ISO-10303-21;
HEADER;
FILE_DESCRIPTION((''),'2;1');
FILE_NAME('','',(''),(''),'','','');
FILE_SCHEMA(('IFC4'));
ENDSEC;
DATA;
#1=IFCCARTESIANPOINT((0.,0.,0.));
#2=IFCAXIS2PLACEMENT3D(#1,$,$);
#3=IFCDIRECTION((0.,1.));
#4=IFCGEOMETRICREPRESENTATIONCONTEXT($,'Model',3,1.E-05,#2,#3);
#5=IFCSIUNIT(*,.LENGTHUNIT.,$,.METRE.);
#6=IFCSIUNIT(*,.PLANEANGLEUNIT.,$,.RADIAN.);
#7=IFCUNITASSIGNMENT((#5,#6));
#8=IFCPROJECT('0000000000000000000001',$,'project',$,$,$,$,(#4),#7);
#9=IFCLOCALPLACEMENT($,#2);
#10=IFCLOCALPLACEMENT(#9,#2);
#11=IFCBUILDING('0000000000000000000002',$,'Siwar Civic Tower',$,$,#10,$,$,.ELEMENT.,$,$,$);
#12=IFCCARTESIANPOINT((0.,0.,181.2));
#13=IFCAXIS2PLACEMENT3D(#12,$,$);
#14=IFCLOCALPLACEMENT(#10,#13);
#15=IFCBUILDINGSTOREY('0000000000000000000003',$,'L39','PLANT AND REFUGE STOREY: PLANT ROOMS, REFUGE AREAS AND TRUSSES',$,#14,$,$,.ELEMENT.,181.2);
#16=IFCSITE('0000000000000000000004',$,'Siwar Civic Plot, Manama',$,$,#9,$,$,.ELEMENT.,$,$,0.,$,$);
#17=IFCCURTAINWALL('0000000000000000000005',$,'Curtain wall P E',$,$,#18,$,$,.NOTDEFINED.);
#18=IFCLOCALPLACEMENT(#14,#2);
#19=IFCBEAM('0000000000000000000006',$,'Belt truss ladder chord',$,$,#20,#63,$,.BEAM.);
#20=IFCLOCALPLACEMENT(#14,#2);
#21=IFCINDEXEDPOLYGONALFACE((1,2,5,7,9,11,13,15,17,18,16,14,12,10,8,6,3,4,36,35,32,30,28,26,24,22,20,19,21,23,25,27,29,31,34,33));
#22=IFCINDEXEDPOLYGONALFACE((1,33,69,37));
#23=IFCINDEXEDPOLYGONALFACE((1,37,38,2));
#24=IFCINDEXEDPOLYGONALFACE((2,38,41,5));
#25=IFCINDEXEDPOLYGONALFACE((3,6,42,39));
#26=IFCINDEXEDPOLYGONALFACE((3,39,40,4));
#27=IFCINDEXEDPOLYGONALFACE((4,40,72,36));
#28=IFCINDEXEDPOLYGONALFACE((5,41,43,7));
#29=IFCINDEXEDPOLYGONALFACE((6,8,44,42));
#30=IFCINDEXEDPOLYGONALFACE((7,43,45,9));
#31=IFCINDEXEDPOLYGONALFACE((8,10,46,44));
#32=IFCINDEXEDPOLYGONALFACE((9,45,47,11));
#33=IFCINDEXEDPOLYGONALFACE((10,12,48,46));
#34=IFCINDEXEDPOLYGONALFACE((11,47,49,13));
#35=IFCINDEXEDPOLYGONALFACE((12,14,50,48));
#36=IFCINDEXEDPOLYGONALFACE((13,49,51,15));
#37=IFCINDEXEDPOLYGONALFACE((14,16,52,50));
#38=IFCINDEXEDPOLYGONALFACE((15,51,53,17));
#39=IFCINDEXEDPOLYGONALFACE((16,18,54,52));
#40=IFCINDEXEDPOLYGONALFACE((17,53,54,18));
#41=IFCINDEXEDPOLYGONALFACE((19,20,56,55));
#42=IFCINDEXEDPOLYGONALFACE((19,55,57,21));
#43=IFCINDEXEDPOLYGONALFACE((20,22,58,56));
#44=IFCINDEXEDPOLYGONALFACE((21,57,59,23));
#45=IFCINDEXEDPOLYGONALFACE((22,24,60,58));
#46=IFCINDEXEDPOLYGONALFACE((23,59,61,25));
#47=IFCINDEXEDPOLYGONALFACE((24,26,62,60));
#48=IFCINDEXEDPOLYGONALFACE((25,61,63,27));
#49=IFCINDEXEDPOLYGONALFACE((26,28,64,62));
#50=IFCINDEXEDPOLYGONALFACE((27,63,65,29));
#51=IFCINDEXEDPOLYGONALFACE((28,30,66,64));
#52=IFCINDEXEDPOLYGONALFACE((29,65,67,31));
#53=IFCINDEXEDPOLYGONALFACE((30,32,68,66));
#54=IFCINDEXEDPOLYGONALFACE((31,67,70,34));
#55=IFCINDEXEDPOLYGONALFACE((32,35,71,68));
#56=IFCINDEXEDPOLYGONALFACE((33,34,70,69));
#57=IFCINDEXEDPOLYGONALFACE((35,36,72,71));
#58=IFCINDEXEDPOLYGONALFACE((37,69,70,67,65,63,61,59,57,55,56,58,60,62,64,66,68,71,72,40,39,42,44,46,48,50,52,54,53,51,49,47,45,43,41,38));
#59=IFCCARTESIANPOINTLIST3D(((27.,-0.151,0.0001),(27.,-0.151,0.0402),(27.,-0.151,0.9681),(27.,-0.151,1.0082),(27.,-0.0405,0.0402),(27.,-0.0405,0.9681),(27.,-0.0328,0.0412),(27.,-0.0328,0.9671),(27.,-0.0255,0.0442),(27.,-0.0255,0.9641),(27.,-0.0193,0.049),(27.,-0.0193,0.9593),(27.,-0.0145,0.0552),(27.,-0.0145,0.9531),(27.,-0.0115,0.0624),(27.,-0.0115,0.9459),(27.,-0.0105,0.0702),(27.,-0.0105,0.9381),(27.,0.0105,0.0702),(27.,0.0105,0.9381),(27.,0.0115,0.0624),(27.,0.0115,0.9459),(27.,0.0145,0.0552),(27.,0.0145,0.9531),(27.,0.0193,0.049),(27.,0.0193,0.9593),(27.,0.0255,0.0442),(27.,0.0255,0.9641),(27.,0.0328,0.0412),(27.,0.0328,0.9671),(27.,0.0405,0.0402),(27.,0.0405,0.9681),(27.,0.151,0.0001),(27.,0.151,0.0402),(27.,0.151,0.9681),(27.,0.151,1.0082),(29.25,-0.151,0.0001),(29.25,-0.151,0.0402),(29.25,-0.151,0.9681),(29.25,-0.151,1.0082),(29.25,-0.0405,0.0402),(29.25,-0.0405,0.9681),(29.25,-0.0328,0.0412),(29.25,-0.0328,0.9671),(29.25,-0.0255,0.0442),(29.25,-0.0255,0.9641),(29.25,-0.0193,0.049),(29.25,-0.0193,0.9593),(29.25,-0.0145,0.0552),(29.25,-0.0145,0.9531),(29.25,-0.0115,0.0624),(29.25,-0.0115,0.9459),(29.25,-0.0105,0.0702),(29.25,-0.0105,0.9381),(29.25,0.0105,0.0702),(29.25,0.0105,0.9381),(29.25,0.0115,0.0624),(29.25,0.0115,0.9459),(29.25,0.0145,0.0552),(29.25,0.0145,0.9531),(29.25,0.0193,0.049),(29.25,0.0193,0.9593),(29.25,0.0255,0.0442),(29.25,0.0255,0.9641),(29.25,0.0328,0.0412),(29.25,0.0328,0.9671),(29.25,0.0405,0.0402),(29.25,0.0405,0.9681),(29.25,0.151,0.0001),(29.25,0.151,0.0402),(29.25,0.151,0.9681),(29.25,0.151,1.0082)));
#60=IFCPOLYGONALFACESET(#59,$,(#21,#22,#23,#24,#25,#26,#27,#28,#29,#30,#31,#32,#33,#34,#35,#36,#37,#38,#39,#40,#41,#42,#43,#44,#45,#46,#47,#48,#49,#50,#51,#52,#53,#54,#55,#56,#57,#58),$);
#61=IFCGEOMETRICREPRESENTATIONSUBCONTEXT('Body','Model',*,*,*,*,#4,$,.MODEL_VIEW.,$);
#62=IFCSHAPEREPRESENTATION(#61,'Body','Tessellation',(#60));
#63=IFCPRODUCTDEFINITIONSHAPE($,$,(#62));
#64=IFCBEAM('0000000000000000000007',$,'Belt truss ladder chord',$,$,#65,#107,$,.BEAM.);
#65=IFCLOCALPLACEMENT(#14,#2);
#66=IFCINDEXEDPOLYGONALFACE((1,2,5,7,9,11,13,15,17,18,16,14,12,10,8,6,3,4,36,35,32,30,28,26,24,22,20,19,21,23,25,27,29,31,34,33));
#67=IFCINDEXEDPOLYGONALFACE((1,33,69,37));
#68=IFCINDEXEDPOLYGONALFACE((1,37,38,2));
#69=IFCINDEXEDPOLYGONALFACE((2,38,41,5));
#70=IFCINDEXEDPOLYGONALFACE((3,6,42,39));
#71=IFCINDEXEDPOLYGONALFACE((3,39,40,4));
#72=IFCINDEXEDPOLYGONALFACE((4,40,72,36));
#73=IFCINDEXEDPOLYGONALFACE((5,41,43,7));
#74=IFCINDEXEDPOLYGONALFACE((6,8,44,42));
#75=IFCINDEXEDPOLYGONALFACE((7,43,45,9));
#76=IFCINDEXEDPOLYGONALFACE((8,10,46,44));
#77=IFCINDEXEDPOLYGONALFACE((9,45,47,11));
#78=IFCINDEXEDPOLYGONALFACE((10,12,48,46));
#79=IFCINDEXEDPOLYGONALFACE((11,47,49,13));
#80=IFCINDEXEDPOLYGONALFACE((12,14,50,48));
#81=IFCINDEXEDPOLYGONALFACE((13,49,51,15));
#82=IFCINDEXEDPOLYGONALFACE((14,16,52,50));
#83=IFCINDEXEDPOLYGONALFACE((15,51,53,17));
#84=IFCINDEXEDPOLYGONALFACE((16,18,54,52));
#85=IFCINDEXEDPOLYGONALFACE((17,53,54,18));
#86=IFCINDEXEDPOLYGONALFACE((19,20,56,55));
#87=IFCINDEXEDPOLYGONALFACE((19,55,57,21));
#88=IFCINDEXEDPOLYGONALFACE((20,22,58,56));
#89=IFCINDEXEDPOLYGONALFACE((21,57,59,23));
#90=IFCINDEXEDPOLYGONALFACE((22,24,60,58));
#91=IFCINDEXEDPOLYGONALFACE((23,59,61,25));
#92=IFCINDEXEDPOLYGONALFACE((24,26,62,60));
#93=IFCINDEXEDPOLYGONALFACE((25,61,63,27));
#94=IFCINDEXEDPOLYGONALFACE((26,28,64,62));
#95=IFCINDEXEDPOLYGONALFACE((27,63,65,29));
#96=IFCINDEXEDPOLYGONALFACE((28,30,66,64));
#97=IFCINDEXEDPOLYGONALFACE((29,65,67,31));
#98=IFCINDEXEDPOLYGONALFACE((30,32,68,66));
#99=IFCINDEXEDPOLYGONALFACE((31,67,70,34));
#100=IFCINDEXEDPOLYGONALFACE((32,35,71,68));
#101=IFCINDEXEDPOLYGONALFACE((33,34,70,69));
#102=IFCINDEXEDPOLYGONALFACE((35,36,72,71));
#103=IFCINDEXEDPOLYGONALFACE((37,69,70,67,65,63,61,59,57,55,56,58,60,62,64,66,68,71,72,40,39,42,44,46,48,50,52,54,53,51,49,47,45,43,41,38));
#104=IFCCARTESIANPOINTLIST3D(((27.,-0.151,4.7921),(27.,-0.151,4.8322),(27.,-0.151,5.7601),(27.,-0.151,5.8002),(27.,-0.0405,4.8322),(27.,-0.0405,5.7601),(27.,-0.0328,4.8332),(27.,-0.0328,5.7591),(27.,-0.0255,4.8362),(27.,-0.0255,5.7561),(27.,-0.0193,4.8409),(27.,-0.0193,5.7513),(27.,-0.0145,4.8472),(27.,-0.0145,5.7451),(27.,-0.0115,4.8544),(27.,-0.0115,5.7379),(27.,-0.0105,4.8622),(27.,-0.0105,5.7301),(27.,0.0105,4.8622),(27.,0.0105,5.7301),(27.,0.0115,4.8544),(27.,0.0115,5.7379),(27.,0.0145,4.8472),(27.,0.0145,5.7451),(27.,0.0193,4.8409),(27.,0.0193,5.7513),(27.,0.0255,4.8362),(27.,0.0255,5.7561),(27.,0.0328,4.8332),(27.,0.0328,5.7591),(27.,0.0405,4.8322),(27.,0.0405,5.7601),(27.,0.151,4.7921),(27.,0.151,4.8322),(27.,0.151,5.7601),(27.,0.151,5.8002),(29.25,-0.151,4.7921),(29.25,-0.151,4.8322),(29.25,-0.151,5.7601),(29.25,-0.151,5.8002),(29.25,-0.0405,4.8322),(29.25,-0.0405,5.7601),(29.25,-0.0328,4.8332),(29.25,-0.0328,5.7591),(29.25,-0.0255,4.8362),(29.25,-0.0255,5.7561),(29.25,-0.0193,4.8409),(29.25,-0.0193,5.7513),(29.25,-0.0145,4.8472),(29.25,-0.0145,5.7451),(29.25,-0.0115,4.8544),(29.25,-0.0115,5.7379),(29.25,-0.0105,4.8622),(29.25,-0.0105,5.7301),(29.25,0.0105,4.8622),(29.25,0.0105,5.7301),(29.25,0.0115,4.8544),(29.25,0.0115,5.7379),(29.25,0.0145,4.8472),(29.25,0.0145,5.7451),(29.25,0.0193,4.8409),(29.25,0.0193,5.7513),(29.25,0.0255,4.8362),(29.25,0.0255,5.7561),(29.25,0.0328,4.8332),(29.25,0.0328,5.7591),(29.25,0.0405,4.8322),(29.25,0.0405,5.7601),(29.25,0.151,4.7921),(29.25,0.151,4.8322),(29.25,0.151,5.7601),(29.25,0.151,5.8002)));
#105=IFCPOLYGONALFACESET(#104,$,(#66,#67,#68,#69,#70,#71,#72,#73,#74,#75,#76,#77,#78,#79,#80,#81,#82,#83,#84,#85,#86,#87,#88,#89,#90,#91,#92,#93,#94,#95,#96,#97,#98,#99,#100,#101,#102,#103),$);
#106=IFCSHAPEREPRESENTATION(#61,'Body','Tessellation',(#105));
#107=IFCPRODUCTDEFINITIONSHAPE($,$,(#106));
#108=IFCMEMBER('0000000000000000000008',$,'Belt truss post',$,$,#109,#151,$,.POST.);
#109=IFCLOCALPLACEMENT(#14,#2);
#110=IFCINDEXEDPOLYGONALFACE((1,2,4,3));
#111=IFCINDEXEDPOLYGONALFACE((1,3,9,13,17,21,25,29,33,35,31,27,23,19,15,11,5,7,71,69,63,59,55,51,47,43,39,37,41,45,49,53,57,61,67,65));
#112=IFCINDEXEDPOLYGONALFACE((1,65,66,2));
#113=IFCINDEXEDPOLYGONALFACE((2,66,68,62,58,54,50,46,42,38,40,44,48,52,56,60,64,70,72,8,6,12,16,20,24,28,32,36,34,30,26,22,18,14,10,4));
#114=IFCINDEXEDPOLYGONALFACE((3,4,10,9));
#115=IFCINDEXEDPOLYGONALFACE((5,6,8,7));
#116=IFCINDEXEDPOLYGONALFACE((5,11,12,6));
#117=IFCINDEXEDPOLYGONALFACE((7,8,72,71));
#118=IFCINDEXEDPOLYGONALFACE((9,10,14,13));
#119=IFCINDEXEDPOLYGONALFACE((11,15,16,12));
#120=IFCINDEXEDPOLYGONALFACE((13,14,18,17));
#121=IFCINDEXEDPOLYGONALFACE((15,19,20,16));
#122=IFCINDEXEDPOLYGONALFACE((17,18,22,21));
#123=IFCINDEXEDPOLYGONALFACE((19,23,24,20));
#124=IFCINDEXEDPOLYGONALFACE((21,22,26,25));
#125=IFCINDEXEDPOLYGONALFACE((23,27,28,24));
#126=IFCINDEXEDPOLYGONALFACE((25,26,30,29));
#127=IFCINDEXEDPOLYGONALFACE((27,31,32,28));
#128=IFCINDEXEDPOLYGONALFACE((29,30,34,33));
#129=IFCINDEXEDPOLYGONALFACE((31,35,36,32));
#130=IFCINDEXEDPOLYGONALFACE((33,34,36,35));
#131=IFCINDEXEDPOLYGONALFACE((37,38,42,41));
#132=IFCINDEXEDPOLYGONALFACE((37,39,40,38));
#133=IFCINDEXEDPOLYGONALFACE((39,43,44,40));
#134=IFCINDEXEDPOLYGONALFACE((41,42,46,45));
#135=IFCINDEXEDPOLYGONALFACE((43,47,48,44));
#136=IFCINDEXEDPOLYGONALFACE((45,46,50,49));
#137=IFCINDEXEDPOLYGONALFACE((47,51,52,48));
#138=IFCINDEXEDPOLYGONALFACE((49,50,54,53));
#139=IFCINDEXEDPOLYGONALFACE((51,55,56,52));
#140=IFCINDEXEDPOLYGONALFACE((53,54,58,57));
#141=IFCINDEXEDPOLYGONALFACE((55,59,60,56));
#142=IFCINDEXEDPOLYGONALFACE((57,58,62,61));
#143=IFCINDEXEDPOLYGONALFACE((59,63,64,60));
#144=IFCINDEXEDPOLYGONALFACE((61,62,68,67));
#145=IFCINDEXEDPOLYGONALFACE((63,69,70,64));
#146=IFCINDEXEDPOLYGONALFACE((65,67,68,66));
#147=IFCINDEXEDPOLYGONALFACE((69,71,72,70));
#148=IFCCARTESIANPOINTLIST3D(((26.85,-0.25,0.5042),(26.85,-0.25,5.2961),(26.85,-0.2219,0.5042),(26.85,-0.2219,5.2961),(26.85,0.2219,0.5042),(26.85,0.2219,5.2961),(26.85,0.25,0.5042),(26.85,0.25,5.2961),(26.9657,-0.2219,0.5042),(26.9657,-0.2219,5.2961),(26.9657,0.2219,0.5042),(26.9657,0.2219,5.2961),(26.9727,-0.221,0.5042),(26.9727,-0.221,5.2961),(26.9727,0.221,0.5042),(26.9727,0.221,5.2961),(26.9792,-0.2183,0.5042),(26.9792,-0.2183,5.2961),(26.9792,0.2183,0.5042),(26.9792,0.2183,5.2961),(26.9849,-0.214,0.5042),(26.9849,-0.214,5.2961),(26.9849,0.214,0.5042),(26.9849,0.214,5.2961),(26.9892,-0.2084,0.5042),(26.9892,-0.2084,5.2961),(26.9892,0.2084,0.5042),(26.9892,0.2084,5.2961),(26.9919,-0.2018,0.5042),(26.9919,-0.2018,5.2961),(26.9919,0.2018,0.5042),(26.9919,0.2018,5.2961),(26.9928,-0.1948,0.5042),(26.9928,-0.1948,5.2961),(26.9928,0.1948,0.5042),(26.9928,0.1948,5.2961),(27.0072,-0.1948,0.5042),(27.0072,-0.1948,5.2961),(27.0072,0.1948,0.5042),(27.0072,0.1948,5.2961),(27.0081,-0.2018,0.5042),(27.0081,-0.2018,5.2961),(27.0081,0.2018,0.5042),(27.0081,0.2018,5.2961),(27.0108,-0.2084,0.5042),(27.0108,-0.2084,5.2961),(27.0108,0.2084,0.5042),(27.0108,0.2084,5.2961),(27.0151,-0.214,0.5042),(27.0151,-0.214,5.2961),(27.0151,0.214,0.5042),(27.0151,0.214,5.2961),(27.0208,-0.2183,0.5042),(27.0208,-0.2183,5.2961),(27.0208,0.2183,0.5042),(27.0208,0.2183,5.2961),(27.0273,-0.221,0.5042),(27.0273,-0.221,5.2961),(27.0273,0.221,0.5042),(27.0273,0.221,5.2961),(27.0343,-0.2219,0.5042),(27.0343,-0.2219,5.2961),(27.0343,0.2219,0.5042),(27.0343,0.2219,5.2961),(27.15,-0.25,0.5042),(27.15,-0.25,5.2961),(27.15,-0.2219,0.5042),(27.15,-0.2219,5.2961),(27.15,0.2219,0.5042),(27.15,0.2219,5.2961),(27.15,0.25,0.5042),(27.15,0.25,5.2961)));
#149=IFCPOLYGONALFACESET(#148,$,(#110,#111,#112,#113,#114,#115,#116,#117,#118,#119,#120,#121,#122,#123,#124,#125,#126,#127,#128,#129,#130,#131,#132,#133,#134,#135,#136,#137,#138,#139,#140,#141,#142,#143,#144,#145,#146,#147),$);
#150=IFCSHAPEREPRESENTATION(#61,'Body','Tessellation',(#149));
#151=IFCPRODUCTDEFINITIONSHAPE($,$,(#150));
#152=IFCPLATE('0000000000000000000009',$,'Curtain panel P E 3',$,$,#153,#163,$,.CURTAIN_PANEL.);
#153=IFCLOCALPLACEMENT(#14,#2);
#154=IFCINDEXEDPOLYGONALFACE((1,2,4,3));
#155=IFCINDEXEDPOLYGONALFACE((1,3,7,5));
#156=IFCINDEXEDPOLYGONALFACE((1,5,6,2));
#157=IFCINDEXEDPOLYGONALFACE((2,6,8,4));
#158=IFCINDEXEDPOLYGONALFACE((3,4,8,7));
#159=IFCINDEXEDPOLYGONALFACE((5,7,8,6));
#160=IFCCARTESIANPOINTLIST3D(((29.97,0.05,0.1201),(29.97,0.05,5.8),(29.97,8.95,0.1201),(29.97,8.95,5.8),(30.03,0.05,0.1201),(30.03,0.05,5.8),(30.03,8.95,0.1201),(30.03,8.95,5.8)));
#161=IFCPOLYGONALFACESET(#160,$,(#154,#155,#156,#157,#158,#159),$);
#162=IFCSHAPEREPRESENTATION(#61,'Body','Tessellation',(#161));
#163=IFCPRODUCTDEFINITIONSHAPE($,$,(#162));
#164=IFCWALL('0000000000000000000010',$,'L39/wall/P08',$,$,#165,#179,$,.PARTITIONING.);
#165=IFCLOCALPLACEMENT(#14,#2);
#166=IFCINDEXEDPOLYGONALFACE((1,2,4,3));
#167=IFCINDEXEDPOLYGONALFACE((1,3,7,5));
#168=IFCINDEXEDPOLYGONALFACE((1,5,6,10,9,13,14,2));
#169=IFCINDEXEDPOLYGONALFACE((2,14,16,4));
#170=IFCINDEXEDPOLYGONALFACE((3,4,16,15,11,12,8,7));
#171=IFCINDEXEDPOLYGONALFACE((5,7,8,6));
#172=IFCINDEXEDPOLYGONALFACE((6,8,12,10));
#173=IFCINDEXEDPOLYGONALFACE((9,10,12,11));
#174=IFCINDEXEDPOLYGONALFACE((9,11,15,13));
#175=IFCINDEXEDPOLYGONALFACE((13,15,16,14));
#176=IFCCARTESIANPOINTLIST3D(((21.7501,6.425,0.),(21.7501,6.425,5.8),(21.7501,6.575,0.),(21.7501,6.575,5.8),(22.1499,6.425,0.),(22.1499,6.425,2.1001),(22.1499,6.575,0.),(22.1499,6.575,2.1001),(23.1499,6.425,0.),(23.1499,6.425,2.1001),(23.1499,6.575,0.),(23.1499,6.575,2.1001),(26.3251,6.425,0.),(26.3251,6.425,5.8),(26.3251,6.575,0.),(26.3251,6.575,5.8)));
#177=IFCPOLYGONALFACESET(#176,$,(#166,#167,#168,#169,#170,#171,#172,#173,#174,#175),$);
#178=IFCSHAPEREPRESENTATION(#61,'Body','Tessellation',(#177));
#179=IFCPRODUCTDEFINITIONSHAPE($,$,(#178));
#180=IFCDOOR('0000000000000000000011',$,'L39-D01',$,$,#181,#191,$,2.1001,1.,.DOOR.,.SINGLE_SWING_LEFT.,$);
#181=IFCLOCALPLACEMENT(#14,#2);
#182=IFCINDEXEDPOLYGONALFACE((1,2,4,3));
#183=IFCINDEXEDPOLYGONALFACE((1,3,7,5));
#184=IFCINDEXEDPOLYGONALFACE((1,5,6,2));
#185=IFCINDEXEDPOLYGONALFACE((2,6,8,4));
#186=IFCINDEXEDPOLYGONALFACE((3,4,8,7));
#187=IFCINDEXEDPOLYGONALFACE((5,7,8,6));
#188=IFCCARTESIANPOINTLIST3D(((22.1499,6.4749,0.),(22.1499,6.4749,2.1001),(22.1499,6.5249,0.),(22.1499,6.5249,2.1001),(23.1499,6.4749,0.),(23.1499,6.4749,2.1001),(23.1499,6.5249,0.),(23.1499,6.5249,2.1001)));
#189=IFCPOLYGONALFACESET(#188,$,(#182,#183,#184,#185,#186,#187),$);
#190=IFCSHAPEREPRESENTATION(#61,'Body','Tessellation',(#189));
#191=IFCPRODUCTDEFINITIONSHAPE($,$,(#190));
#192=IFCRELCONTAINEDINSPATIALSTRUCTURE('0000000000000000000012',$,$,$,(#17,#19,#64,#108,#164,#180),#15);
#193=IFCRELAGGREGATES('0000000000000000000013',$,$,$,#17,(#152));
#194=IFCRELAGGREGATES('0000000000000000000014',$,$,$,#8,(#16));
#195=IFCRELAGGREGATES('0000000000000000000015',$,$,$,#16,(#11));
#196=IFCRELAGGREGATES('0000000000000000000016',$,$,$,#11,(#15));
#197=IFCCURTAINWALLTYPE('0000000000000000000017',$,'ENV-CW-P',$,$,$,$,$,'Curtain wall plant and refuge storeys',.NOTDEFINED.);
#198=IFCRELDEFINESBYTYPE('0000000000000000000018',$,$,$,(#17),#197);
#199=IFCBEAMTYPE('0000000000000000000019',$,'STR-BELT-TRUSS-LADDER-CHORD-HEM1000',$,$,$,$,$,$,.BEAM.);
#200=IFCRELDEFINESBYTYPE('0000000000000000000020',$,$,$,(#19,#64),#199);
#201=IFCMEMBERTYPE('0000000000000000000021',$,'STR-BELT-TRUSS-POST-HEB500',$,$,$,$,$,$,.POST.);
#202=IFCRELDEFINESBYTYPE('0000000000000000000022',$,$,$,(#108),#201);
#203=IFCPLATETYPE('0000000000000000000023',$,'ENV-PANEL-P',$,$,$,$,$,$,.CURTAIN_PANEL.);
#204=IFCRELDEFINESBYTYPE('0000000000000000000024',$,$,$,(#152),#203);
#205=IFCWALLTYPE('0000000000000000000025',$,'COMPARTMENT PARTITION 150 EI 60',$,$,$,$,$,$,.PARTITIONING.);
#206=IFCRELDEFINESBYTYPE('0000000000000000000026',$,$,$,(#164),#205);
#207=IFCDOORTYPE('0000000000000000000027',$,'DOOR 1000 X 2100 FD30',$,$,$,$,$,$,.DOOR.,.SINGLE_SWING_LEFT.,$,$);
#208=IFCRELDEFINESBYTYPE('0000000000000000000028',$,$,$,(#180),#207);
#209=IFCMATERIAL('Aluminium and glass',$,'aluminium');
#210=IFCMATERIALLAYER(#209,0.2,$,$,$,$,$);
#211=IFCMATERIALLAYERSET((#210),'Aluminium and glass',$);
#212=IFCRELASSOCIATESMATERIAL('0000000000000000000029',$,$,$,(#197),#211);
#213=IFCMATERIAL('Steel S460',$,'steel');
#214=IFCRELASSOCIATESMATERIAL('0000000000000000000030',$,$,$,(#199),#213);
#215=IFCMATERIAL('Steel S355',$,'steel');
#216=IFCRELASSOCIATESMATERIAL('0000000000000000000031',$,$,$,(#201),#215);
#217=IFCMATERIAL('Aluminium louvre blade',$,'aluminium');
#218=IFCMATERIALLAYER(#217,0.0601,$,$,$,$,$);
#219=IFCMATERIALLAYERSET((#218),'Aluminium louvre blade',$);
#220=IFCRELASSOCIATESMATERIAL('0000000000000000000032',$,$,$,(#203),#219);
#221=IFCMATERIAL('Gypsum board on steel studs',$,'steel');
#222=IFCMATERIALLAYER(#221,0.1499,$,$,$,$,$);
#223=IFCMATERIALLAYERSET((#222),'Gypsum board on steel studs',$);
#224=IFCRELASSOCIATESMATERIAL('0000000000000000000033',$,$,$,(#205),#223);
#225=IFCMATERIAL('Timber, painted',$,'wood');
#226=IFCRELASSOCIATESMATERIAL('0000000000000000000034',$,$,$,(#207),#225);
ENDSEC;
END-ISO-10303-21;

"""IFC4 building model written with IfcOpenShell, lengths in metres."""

from ifc_helpers import new_model, si_unit, direction, frame, frame_2d, origin, origin_2d, place, context, subcontext, project, spatial, rectangle, i_section, extrude, material, layer, layer_set, material_profile, profile_set, type_object, element, fill, aggregate, save


model = new_model("IFC4")

# Units and contexts
model_context = context("Model", 3, precision=1e-05, world=origin(), true_north=direction((0.0, 1.0)))
body_context = subcontext(model_context, "Body", "Model", "MODEL_VIEW")
ifc_project = project(units=[si_unit("LENGTHUNIT", "METRE"), si_unit("PLANEANGLEUNIT", "RADIAN")], contexts=[model_context])

# Site, building, storey
site_placement = place(None, origin())
site = spatial("IfcSite", under=ifc_project, at=site_placement, Name="Siwar Civic Plot, Manama", CompositionType="ELEMENT", RefElevation=0.0)
building_placement = place(site_placement, origin())
building = spatial("IfcBuilding", under=site, at=building_placement, Name="Siwar Civic Tower", CompositionType="ELEMENT")
storey_placement = place(building_placement, frame((0.0, 0.0, 181.2)))
storey = spatial("IfcBuildingStorey", under=building, at=storey_placement, Name="L39", Description="PLANT AND REFUGE STOREY: PLANT ROOMS, REFUGE AREAS AND TRUSSES", CompositionType="ELEMENT", Elevation=181.2)

# Curtain wall
ifc_material_1 = material(Name="Aluminium and glass", Category="aluminium")
ifc_layer_1 = layer(ifc_material_1, 0.2)
ifc_layer_set_1 = layer_set([ifc_layer_1], Name="Aluminium and glass")
curtain_wall_type = type_object("IfcCurtainWallType", Name="ENV-CW-P", ElementType="Curtain wall plant and refuge storeys", PredefinedType="NOTDEFINED", material=ifc_layer_set_1)
curtain_wall_placement = place(storey_placement, origin())
curtain_wall = element("IfcCurtainWall", 1, at=curtain_wall_placement, inside=storey, type_object=curtain_wall_type, Name="Curtain wall P E", PredefinedType="NOTDEFINED")

# Beams
ifc_material_2 = material(Name="Steel S460", Category="steel")
ifc_material_profile_1 = material_profile(ifc_material_2, i_section(OverallWidth=0.302, OverallDepth=1.0081, WebThickness=0.021, FlangeThickness=0.04, FilletRadius=0.03, at=origin_2d()), Name="HEM1000")
ifc_profile_set_1 = profile_set([ifc_material_profile_1], Name="Steel S460")
beam_type_1 = type_object("IfcBeamType", Name="STR-BELT-TRUSS-LADDER-CHORD-HEM1000", PredefinedType="BEAM", material=ifc_profile_set_1)
for number, where, z_axis, x_axis, name in (
    (2, (27.0, 0.0, 0.5042), (1.0, 0.0, 0.0), (0.0, 1.0, 0.0), "Belt truss ladder chord"),
    (3, (27.0, 0.0, 5.2961), (1.0, 0.0, 0.0), (0.0, 1.0, 0.0), "Belt truss ladder chord"),
):
    element("IfcBeam", number, at=place(storey_placement, frame(where, z_axis=z_axis, x_axis=x_axis)), inside=storey, type_object=beam_type_1, Name=name, PredefinedType="BEAM", context=body_context, shape_type="SweptSolid", body=[
        extrude(i_section(OverallWidth=0.302, OverallDepth=1.0081, WebThickness=0.021, FlangeThickness=0.04, FilletRadius=0.03, at=origin_2d()), origin(), (0.0, 0.0, 1.0), 2.25),
    ])

# Member
ifc_material_3 = material(Name="Steel S355", Category="steel")
ifc_material_profile_2 = material_profile(ifc_material_3, i_section(OverallWidth=0.3, OverallDepth=0.5, WebThickness=0.0144, FlangeThickness=0.0281, FilletRadius=0.0271, at=origin_2d()), Name="HEB500")
ifc_profile_set_2 = profile_set([ifc_material_profile_2], Name="Steel S355")
member_type_1 = type_object("IfcMemberType", Name="STR-BELT-TRUSS-POST-HEB500", PredefinedType="POST", material=ifc_profile_set_2)
member_1_placement = place(storey_placement, frame((27.0, 0.0, 0.5042), z_axis=(0.0, 0.0, 1.0), x_axis=(1.0, 0.0, 0.0)))
element("IfcMember", 4, at=member_1_placement, inside=storey, type_object=member_type_1, Name="Belt truss post", PredefinedType="POST", context=body_context, shape_type="SweptSolid", body=[
    extrude(i_section(OverallWidth=0.3, OverallDepth=0.5, WebThickness=0.0144, FlangeThickness=0.0281, FilletRadius=0.0271, at=origin_2d()), origin(), (0.0, 0.0, 1.0), 4.792),
])

# Plate
ifc_material_4 = material(Name="Aluminium louvre blade", Category="aluminium")
ifc_layer_2 = layer(ifc_material_4, 0.0601)
ifc_layer_set_2 = layer_set([ifc_layer_2], Name="Aluminium louvre blade")
plate_type = type_object("IfcPlateType", Name="ENV-PANEL-P", PredefinedType="CURTAIN_PANEL", material=ifc_layer_set_2)
plate_placement = place(storey_placement, frame((30.0, 4.5, 0.1201), z_axis=(0.0, 0.0, 1.0), x_axis=(0.0, 1.0, 0.0)))
plate = element("IfcPlate", 5, at=plate_placement, type_object=plate_type, Name="Curtain panel P E 3", PredefinedType="CURTAIN_PANEL", context=body_context, shape_type="SweptSolid", body=[
    extrude(rectangle(XDim=8.8999, YDim=0.0601, at=origin_2d()), origin(), (0.0, 0.0, 1.0), 5.6799),
])
aggregate(curtain_wall, [plate])

# Wall, opening, door
ifc_material_5 = material(Name="Gypsum board on steel studs", Category="steel")
ifc_layer_3 = layer(ifc_material_5, 0.1499)
ifc_layer_set_3 = layer_set([ifc_layer_3], Name="Gypsum board on steel studs")
wall_type = type_object("IfcWallType", Name="COMPARTMENT PARTITION 150 EI 60", PredefinedType="PARTITIONING", material=ifc_layer_set_3)
wall_1_placement = place(storey_placement, frame((21.75, 6.5, 0.0), z_axis=(0.0, 0.0, 1.0), x_axis=(1.0, 0.0, 0.0)))
wall_1 = element("IfcWall", 6, at=wall_1_placement, inside=storey, type_object=wall_type, Name="L39/wall/P08", PredefinedType="PARTITIONING", context=body_context, shape_type="SweptSolid", body=[
    extrude(rectangle(XDim=4.575, YDim=0.1499, at=frame_2d((2.2876, 0.0))), origin(), (0.0, 0.0, 1.0), 5.8),
])
opening_1_placement = place(wall_1_placement, frame((0.3999, 0.0, 0.0)))
opening_1 = element("IfcOpeningElement", 7, at=opening_1_placement, cuts=wall_1, PredefinedType="OPENING", context=body_context, shape_type="SweptSolid", body=[
    extrude(rectangle(XDim=1.0, YDim=2.1001, at=frame_2d((0.5, 1.05))), frame((0.0, 0.085, 0.0), z_axis=(0.0, -1.0, 0.0), x_axis=(1.0, 0.0, 0.0)), (0.0, 0.0, 1.0), 0.1699),
])
ifc_material_6 = material(Name="Timber, painted", Category="wood")
door_type_1 = type_object("IfcDoorType", Name="DOOR 1000 X 2100 FD30", OperationType="SINGLE_SWING_LEFT", PredefinedType="DOOR", material=ifc_material_6)
door_1_placement = place(opening_1_placement, origin())
door_1 = element("IfcDoor", 8, at=door_1_placement, inside=storey, type_object=door_type_1, Name="L39-D01", OperationType="SINGLE_SWING_LEFT", OverallHeight=2.1001, OverallWidth=1.0, PredefinedType="DOOR", context=body_context, shape_type="SweptSolid", body=[
    extrude(rectangle(XDim=1.0, YDim=2.1001, at=frame_2d((0.5, 1.05))), frame((0.0, 0.0249, 0.0), z_axis=(0.0, -1.0, 0.0), x_axis=(1.0, 0.0, 0.0)), (0.0, 0.0, 1.0), 0.05),
])
fill(opening_1, door_1)

save(model, "model.ifc")
